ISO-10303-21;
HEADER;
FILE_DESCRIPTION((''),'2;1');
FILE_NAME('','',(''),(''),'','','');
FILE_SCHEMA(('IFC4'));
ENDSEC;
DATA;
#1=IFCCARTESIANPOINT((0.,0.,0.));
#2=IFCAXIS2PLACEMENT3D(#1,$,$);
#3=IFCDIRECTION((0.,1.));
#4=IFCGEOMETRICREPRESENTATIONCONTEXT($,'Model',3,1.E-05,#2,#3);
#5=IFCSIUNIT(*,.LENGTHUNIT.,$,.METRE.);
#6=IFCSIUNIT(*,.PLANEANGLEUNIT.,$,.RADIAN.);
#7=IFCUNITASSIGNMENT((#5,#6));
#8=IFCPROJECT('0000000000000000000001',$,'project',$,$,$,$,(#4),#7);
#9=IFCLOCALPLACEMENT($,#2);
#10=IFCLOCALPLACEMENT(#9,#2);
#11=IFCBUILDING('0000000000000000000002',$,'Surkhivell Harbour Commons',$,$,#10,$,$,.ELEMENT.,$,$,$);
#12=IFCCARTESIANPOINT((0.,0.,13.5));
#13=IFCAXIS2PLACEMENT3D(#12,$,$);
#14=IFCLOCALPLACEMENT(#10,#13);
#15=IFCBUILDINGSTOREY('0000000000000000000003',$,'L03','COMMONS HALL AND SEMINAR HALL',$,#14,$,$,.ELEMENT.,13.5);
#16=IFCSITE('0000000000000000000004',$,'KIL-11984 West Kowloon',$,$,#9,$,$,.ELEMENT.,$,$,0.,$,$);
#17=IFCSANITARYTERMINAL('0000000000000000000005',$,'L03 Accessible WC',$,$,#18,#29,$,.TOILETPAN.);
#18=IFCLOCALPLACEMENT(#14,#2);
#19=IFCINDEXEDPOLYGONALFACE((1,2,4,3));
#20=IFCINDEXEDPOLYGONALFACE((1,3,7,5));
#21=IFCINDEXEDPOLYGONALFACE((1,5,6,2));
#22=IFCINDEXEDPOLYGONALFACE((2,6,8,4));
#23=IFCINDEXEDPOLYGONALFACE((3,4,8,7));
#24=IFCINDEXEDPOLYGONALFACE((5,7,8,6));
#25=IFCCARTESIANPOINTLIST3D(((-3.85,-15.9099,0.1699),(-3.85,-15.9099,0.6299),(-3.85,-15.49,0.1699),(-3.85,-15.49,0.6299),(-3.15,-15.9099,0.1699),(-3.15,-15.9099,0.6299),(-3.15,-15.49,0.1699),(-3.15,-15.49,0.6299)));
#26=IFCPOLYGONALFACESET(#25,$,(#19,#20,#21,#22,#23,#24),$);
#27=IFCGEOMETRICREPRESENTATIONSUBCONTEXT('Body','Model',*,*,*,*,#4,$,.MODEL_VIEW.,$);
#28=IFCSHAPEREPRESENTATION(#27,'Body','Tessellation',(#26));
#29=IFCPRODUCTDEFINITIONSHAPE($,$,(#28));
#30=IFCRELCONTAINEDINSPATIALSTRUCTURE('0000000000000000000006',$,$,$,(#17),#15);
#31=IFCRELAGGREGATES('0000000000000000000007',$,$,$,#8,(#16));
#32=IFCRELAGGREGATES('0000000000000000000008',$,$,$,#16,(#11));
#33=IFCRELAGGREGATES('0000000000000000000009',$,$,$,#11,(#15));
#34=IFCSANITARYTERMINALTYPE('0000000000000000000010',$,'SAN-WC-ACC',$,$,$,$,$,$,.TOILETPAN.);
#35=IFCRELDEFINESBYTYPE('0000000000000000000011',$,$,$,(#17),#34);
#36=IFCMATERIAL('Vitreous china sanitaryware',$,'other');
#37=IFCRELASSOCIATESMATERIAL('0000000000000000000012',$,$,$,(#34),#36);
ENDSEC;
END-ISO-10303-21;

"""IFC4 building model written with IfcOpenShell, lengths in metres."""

from ifc_helpers import new_model, si_unit, direction, frame, origin, origin_2d, place, context, subcontext, project, spatial, rectangle, extrude, material, type_object, element, save


model = new_model("IFC4")

# Units and contexts
model_context = context("Model", 3, precision=1e-05, world=origin(), true_north=direction((0.0, 1.0)))
body_context = subcontext(model_context, "Body", "Model", "MODEL_VIEW")
ifc_project = project(units=[si_unit("LENGTHUNIT", "METRE"), si_unit("PLANEANGLEUNIT", "RADIAN")], contexts=[model_context])

# Site, building, storey
site_placement = place(None, origin())
site = spatial("IfcSite", under=ifc_project, at=site_placement, Name="KIL-11984 West Kowloon", CompositionType="ELEMENT", RefElevation=0.0)
building_placement = place(site_placement, origin())
building = spatial("IfcBuilding", under=site, at=building_placement, Name="Surkhivell Harbour Commons", CompositionType="ELEMENT")
storey_placement = place(building_placement, frame((0.0, 0.0, 13.5)))
storey = spatial("IfcBuildingStorey", under=building, at=storey_placement, Name="L03", Description="COMMONS HALL AND SEMINAR HALL", CompositionType="ELEMENT", Elevation=13.5)

# Sanitary terminal
ifc_material_1 = material(Name="Vitreous china sanitaryware", Category="other")
sanitary_terminal_type_1 = type_object("IfcSanitaryTerminalType", Name="SAN-WC-ACC", PredefinedType="TOILETPAN", material=ifc_material_1)
sanitary_terminal_1_placement = place(storey_placement, frame((-3.5, -15.7, 0.1699), z_axis=(0.0, 0.0, 1.0), x_axis=(1.0, 0.0, 0.0)))
element("IfcSanitaryTerminal", 1, at=sanitary_terminal_1_placement, inside=storey, type_object=sanitary_terminal_type_1, Name="L03 Accessible WC", PredefinedType="TOILETPAN", context=body_context, shape_type="SweptSolid", body=[
    extrude(rectangle(XDim=0.7, YDim=0.4199, at=origin_2d()), origin(), (0.0, 0.0, 1.0), 0.46),
])

save(model, "model.ifc")
